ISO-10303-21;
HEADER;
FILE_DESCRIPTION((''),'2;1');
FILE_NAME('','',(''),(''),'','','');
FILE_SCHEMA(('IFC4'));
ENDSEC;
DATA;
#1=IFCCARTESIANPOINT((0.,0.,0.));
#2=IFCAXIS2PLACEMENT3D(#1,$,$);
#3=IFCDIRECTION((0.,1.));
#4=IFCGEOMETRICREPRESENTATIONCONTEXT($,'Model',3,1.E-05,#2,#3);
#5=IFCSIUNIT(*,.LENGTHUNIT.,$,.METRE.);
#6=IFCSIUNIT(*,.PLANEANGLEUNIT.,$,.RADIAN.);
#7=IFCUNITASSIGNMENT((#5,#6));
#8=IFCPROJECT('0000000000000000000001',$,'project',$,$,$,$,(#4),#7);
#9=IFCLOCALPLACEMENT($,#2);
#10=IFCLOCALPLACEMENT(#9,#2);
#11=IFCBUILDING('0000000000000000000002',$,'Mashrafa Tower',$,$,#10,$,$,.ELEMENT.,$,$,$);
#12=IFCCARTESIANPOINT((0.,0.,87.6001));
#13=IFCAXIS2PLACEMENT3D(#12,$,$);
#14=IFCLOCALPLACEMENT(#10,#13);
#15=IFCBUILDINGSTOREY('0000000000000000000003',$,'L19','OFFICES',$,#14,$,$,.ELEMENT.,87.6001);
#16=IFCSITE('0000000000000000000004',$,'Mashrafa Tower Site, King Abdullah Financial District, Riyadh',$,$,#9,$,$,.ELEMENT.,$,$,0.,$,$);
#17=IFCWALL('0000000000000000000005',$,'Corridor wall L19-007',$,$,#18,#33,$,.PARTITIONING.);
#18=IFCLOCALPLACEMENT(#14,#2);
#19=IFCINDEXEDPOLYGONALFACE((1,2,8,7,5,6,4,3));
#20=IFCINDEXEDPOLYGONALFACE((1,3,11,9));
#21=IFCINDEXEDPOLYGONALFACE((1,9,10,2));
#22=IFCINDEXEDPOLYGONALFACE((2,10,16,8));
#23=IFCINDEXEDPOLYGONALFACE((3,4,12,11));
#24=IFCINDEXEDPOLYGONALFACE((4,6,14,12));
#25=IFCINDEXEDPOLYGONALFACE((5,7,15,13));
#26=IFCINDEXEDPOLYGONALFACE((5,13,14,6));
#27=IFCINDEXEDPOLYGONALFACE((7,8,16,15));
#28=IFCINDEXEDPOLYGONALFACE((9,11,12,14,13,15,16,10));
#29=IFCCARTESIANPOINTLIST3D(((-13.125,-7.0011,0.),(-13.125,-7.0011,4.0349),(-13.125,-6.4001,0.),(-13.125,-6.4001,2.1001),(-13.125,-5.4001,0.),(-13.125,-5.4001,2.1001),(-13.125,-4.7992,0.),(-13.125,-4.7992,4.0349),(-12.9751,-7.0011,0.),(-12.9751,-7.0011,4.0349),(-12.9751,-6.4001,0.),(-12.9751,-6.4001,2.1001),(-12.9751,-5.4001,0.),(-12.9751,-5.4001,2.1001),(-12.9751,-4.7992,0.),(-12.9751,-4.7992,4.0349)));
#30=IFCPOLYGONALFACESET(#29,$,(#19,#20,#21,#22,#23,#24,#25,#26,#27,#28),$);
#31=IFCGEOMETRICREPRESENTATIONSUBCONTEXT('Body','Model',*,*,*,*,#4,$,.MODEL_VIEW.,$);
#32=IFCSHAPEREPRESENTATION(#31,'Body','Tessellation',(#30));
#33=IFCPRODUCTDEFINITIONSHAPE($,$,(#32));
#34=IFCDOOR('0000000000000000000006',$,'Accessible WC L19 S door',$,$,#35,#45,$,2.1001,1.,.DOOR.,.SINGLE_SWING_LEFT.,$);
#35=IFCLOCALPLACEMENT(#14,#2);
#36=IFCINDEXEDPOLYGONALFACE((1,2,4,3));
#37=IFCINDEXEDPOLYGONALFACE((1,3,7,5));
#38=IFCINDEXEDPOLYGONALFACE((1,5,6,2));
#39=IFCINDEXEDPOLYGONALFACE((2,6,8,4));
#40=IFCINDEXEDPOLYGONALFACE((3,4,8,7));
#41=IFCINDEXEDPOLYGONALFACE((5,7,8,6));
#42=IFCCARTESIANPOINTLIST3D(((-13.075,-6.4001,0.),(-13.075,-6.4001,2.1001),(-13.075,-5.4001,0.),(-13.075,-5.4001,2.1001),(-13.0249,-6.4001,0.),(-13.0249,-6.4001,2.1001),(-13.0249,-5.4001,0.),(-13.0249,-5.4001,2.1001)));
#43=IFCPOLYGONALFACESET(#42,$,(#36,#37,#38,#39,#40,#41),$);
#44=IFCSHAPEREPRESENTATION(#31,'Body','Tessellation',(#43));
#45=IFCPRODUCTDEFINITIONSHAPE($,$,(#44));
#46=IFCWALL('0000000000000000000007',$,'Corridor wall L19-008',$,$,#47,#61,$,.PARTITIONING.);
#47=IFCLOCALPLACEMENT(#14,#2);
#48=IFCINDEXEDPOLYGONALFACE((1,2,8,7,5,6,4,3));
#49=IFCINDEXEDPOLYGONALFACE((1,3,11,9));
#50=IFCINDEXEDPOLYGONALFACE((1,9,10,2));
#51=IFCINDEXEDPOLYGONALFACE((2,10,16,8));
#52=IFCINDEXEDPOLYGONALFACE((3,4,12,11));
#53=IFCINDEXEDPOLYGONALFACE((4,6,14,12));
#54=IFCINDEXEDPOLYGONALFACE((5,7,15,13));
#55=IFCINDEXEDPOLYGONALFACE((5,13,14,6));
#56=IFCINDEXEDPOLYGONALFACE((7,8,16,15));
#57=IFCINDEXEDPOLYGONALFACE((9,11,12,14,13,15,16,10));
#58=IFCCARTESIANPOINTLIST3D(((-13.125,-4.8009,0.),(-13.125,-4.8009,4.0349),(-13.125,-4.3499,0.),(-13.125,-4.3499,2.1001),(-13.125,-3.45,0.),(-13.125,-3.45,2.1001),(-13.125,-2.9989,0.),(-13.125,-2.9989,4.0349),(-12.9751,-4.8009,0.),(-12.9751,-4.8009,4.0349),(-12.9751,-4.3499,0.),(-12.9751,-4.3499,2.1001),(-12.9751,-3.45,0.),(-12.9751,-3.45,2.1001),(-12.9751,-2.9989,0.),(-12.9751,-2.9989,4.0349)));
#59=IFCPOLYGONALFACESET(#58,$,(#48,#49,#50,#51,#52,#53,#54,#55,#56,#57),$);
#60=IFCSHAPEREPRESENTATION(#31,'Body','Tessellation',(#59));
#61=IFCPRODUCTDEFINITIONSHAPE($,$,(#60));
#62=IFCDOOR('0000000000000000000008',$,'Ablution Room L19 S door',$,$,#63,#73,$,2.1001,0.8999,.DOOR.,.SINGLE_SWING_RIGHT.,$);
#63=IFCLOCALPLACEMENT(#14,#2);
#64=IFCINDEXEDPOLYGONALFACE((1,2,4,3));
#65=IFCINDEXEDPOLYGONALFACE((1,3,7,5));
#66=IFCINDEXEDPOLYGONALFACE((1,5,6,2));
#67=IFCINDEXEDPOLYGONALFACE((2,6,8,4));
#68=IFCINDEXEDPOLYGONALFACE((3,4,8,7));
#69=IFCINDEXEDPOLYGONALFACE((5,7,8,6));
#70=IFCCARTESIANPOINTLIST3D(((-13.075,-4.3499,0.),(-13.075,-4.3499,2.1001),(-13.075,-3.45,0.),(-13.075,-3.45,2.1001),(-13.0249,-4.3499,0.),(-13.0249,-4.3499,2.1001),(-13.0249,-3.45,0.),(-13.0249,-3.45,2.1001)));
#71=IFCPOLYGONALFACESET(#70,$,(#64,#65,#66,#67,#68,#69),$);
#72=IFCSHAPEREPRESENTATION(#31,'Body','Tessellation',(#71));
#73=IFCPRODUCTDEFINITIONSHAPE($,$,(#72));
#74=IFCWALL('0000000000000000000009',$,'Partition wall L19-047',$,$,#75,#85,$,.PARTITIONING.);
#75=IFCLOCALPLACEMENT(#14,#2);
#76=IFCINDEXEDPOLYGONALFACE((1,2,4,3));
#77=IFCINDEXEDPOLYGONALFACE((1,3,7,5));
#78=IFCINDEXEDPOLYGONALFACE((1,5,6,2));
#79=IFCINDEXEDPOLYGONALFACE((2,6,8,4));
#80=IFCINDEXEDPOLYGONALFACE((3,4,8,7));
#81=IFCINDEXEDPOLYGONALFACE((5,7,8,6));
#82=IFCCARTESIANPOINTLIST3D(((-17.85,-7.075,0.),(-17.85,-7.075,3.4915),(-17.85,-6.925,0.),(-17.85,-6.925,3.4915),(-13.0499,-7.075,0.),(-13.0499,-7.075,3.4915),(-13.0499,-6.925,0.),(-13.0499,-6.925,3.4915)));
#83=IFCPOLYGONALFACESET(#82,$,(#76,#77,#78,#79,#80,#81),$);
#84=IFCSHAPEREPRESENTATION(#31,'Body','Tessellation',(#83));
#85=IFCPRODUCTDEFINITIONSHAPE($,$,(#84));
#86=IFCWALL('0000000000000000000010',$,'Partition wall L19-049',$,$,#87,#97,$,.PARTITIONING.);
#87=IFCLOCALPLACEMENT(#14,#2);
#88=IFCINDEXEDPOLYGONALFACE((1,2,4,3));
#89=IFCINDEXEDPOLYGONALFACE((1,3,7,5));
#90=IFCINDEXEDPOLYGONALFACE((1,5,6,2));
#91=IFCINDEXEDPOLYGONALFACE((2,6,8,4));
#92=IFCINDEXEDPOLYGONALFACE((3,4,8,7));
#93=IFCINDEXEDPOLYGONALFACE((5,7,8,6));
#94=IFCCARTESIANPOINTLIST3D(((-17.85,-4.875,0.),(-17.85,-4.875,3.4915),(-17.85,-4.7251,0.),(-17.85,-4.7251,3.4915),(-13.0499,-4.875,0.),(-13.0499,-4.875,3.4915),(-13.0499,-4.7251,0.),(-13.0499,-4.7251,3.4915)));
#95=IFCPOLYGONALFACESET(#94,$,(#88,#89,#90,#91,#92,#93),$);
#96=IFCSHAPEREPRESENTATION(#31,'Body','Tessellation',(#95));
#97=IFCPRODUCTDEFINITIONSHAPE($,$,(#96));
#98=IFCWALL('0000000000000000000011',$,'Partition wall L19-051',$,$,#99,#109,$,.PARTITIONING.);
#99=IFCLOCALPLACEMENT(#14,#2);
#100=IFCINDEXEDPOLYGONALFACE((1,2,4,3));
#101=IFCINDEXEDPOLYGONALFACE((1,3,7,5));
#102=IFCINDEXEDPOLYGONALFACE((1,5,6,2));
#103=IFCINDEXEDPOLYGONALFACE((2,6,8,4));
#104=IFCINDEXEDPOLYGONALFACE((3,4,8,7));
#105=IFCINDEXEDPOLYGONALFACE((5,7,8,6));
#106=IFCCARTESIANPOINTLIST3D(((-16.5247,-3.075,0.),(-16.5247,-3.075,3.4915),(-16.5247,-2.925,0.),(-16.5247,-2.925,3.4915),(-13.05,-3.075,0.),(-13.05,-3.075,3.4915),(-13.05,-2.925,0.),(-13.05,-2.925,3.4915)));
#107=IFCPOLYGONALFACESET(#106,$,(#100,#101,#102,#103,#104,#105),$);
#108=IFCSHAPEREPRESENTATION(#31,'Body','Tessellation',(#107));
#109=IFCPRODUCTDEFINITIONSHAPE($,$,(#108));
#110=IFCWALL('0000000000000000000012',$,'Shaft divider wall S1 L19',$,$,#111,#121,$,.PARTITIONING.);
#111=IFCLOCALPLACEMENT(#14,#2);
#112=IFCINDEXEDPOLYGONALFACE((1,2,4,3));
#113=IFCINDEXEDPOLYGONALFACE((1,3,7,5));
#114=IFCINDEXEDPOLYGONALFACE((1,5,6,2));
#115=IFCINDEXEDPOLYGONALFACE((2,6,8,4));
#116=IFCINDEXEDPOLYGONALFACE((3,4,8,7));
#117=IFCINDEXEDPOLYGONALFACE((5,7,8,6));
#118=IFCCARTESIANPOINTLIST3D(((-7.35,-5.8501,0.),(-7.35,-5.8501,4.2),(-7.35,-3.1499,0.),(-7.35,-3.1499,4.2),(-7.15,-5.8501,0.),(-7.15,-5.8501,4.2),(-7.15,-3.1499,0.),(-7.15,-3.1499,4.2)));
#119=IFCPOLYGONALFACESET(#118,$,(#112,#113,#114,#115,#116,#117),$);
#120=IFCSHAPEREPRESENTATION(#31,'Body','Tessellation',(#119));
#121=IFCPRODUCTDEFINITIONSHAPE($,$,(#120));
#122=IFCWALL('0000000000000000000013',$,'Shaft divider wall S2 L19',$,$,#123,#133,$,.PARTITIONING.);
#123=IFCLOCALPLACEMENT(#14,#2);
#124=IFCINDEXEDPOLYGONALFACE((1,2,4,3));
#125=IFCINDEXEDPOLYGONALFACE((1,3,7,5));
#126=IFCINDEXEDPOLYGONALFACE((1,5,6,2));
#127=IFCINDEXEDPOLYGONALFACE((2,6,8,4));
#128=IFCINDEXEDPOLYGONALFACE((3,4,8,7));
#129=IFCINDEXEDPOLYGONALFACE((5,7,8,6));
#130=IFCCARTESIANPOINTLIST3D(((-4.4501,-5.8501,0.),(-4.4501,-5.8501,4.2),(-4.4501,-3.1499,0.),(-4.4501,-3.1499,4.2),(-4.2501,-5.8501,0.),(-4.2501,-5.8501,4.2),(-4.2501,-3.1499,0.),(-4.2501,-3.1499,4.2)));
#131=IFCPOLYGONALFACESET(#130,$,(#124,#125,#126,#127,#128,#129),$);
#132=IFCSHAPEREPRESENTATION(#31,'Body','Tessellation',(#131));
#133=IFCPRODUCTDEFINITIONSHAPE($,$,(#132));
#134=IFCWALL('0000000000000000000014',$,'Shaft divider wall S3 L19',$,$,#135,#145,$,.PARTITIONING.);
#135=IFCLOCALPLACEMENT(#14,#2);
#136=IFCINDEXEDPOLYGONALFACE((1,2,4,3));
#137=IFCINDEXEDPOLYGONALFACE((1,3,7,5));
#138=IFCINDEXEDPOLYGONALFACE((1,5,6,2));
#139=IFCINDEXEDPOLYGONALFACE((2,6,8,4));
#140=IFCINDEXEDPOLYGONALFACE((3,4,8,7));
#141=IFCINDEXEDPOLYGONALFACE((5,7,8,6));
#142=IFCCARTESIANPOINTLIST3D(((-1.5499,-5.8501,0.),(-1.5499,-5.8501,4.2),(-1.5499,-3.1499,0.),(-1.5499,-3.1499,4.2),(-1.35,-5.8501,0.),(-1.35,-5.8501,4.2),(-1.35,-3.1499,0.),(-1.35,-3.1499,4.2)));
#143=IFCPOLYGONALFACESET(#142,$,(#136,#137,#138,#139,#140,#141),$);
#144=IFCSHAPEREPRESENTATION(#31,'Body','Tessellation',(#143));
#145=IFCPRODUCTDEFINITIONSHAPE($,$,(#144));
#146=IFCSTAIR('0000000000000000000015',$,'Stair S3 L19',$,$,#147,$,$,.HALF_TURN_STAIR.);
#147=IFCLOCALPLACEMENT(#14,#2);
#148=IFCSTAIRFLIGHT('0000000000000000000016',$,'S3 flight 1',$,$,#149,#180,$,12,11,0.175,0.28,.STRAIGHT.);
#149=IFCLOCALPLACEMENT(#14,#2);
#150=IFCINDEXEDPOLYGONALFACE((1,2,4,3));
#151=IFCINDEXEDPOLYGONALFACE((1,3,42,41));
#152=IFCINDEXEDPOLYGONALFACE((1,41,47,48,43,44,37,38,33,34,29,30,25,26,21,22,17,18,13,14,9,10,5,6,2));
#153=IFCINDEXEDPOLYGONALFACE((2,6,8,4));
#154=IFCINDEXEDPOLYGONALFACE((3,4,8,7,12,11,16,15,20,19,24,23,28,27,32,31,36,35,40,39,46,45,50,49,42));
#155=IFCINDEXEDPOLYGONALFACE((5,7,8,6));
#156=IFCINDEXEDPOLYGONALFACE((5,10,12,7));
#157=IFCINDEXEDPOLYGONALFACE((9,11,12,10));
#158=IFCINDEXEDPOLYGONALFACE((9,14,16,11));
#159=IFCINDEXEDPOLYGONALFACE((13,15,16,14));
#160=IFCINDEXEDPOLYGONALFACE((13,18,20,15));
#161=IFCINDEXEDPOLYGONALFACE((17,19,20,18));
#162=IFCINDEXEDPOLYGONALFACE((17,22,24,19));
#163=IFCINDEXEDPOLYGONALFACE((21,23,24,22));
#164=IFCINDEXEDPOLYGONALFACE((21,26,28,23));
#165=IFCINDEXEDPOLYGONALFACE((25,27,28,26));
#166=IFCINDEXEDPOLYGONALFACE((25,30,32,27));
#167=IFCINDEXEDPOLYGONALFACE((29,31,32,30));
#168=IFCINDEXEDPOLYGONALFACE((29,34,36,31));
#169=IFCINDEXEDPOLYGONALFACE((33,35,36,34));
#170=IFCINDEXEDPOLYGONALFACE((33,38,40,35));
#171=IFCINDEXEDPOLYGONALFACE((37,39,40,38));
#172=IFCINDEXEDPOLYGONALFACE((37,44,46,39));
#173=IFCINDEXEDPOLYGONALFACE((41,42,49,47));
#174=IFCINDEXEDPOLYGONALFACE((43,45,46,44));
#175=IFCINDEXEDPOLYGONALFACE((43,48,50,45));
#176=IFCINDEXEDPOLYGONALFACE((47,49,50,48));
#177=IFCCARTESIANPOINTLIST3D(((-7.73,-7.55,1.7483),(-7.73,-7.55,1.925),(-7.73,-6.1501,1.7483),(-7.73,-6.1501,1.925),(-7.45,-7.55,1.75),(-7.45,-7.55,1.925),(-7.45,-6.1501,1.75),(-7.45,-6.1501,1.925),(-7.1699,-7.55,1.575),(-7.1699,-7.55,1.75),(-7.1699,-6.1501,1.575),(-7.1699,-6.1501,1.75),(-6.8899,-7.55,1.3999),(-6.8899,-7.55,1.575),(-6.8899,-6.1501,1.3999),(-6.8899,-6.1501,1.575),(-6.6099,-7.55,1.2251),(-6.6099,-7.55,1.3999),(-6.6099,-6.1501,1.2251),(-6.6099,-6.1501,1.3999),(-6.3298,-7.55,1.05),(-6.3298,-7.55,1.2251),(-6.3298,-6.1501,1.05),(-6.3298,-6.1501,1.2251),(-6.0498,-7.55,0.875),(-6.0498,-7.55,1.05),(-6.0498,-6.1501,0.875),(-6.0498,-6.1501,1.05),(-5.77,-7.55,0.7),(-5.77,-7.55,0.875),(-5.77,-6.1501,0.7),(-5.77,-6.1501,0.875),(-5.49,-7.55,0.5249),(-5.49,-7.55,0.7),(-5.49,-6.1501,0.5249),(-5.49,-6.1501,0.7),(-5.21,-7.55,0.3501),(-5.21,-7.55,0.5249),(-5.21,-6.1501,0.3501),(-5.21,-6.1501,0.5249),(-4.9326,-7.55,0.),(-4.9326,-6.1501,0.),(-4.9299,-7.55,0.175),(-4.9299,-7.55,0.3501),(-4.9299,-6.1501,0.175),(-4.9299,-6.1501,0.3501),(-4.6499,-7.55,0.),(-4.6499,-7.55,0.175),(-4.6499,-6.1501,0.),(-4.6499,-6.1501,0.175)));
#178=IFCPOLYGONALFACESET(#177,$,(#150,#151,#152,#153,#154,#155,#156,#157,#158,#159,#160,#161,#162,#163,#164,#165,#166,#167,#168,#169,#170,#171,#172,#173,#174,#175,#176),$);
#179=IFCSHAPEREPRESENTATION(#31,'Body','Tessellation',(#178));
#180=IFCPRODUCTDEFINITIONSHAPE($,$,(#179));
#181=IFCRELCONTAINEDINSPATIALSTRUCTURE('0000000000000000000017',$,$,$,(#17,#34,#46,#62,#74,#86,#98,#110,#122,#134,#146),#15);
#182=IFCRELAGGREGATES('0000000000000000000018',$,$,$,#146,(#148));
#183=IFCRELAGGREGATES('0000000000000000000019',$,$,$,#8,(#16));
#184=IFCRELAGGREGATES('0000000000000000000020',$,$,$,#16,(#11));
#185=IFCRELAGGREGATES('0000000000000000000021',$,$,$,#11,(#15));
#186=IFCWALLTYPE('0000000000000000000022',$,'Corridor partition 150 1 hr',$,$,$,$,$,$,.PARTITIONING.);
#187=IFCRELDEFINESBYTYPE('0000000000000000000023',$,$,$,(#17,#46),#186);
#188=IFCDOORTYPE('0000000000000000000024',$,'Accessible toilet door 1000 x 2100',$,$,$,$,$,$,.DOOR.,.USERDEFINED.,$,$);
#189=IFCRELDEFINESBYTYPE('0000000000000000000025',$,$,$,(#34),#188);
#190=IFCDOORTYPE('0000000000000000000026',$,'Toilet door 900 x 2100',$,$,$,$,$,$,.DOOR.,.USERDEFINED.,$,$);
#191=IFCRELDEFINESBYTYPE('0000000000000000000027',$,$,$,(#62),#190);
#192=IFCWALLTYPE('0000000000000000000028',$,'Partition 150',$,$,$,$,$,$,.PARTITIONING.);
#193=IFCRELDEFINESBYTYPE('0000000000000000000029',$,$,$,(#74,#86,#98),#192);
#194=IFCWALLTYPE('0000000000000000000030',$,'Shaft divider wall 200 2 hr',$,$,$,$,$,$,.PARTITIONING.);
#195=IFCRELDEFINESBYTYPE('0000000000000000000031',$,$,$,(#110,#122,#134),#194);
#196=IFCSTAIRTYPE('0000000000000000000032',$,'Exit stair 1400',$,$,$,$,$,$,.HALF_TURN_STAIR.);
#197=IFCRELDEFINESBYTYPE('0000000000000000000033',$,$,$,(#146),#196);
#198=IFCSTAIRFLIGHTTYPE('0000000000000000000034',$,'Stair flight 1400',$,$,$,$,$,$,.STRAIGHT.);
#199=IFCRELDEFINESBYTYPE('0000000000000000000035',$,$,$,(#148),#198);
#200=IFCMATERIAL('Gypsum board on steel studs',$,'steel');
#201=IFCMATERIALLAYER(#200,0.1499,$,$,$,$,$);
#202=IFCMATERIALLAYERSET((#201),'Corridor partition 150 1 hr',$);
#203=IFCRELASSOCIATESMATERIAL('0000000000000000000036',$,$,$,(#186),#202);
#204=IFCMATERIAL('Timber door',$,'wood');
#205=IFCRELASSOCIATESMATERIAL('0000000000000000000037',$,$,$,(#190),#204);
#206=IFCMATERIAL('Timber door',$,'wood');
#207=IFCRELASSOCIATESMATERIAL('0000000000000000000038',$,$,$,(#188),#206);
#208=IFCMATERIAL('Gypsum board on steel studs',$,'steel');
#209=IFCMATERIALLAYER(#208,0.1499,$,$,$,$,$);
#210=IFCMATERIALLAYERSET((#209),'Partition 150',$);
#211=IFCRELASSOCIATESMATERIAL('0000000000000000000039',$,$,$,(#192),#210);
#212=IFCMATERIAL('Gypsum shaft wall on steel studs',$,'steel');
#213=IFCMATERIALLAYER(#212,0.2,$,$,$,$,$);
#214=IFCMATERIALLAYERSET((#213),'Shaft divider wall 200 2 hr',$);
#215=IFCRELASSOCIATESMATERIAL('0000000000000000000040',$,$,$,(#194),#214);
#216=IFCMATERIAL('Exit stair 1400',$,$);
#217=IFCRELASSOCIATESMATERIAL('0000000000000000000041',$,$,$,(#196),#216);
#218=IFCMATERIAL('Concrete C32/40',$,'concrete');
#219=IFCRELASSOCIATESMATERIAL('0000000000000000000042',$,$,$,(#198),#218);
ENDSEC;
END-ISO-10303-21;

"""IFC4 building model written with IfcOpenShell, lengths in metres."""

from ifc_helpers import new_model, si_unit, direction, frame, frame_2d, origin, place, context, subcontext, project, spatial, polyline, rectangle, outline, extrude, material, layer, layer_set, type_object, element, fill, aggregate, save


model = new_model("IFC4")

# Units and contexts
model_context = context("Model", 3, precision=1e-05, world=origin(), true_north=direction((0.0, 1.0)))
body_context = subcontext(model_context, "Body", "Model", "MODEL_VIEW")
ifc_project = project(units=[si_unit("LENGTHUNIT", "METRE"), si_unit("PLANEANGLEUNIT", "RADIAN")], contexts=[model_context])

# Site, building, storey
site_placement = place(None, origin())
site = spatial("IfcSite", under=ifc_project, at=site_placement, Name="Mashrafa Tower Site, King Abdullah Financial District, Riyadh", CompositionType="ELEMENT", RefElevation=0.0)
building_placement = place(site_placement, origin())
building = spatial("IfcBuilding", under=site, at=building_placement, Name="Mashrafa Tower", CompositionType="ELEMENT")
storey_placement = place(building_placement, frame((0.0, 0.0, 87.6001)))
storey = spatial("IfcBuildingStorey", under=building, at=storey_placement, Name="L19", Description="OFFICES", CompositionType="ELEMENT", Elevation=87.6001)

# Walls, openings, doors
ifc_material_1 = material(Name="Gypsum board on steel studs", Category="steel")
ifc_layer_1 = layer(ifc_material_1, 0.1499)
ifc_layer_set_1 = layer_set([ifc_layer_1], Name="Corridor partition 150 1 hr")
wall_type_1 = type_object("IfcWallType", Name="Corridor partition 150 1 hr", PredefinedType="PARTITIONING", material=ifc_layer_set_1)
ifc_material_2 = material(Name="Timber door", Category="wood")
door_type_1 = type_object("IfcDoorType", Name="Toilet door 900 x 2100", OperationType="USERDEFINED", PredefinedType="DOOR", material=ifc_material_2)
wall_1_placement = place(storey_placement, frame((-13.05, -4.7991, 0.0), z_axis=(0.0, 0.0, 1.0), x_axis=(0.0, -1.0, 0.0)))
wall_1 = element("IfcWall", 1, at=wall_1_placement, inside=storey, type_object=wall_type_1, Name="Corridor wall L19-007", PredefinedType="PARTITIONING", context=body_context, shape_type="SweptSolid", body=[
    extrude(rectangle(XDim=2.2019, YDim=0.1499, at=frame_2d((1.1011, 0.0))), origin(), (0.0, 0.0, 1.0), 4.0349),
])
opening_1_placement = place(wall_1_placement, frame((0.6011, 0.0, 0.0)))
opening_1 = element("IfcOpeningElement", 2, at=opening_1_placement, cuts=wall_1, PredefinedType="OPENING", context=body_context, shape_type="SweptSolid", body=[
    extrude(rectangle(XDim=1.0, YDim=2.1001, at=frame_2d((0.5, 1.05))), frame((0.0, 0.085, 0.0), z_axis=(0.0, -1.0, 0.0), x_axis=(1.0, 0.0, 0.0)), (0.0, 0.0, 1.0), 0.1699),
])
ifc_material_3 = material(Name="Timber door", Category="wood")
door_type_2 = type_object("IfcDoorType", Name="Accessible toilet door 1000 x 2100", OperationType="USERDEFINED", PredefinedType="DOOR", material=ifc_material_3)
door_1_placement = place(opening_1_placement, frame((1.0, 0.0, 0.0), z_axis=(0.0, 0.0, 1.0), x_axis=(-1.0, 0.0, 0.0)))
door_1 = element("IfcDoor", 3, at=door_1_placement, inside=storey, type_object=door_type_2, Name="Accessible WC L19 S door", OperationType="SINGLE_SWING_LEFT", OverallHeight=2.1001, OverallWidth=1.0, PredefinedType="DOOR", context=body_context, shape_type="SweptSolid", body=[
    extrude(rectangle(XDim=1.0, YDim=2.1001, at=frame_2d((0.5, 1.05))), frame((0.0, 0.0249, 0.0), z_axis=(0.0, -1.0, 0.0), x_axis=(1.0, 0.0, 0.0)), (0.0, 0.0, 1.0), 0.05),
])
fill(opening_1, door_1)
wall_2_placement = place(storey_placement, frame((-13.05, -2.999, 0.0), z_axis=(0.0, 0.0, 1.0), x_axis=(0.0, -1.0, 0.0)))
wall_2 = element("IfcWall", 4, at=wall_2_placement, inside=storey, type_object=wall_type_1, Name="Corridor wall L19-008", PredefinedType="PARTITIONING", context=body_context, shape_type="SweptSolid", body=[
    extrude(rectangle(XDim=1.802, YDim=0.1499, at=frame_2d((0.9009, 0.0))), origin(), (0.0, 0.0, 1.0), 4.0349),
])
opening_2_placement = place(wall_2_placement, frame((0.4509, 0.0, 0.0)))
opening_2 = element("IfcOpeningElement", 5, at=opening_2_placement, cuts=wall_2, PredefinedType="OPENING", context=body_context, shape_type="SweptSolid", body=[
    extrude(rectangle(XDim=0.8999, YDim=2.1001, at=frame_2d((0.45, 1.05))), frame((0.0, 0.085, 0.0), z_axis=(0.0, -1.0, 0.0), x_axis=(1.0, 0.0, 0.0)), (0.0, 0.0, 1.0), 0.1699),
])
door_2_placement = place(opening_2_placement, frame((0.8999, 0.0, 0.0), z_axis=(0.0, 0.0, 1.0), x_axis=(-1.0, 0.0, 0.0)))
door_2 = element("IfcDoor", 6, at=door_2_placement, inside=storey, type_object=door_type_1, Name="Ablution Room L19 S door", OperationType="SINGLE_SWING_RIGHT", OverallHeight=2.1001, OverallWidth=0.8999, PredefinedType="DOOR", context=body_context, shape_type="SweptSolid", body=[
    extrude(rectangle(XDim=0.8999, YDim=2.1001, at=frame_2d((0.45, 1.05))), frame((0.0, 0.0249, 0.0), z_axis=(0.0, -1.0, 0.0), x_axis=(1.0, 0.0, 0.0)), (0.0, 0.0, 1.0), 0.05),
])
fill(opening_2, door_2)

# Walls
ifc_material_4 = material(Name="Gypsum board on steel studs", Category="steel")
ifc_layer_2 = layer(ifc_material_4, 0.1499)
ifc_layer_set_2 = layer_set([ifc_layer_2], Name="Partition 150")
wall_type_2 = type_object("IfcWallType", Name="Partition 150", PredefinedType="PARTITIONING", material=ifc_layer_set_2)
for number, where, z_axis, x_axis, name in (
    (7, (-13.05, -7.0, 0.0), (0.0, 0.0, 1.0), (-1.0, 0.0, 0.0), "Partition wall L19-047"),
    (8, (-13.05, -4.8, 0.0), (0.0, 0.0, 1.0), (-1.0, 0.0, 0.0), "Partition wall L19-049"),
):
    element("IfcWall", number, at=place(storey_placement, frame(where, z_axis=z_axis, x_axis=x_axis)), inside=storey, type_object=wall_type_2, Name=name, PredefinedType="PARTITIONING", context=body_context, shape_type="SweptSolid", body=[
        extrude(rectangle(XDim=4.8, YDim=0.1499, at=frame_2d((2.3999, 0.0))), origin(), (0.0, 0.0, 1.0), 3.4915),
    ])
wall_3_placement = place(storey_placement, frame((-13.05, -3.0, 0.0), z_axis=(0.0, 0.0, 1.0), x_axis=(-1.0, 0.0, 0.0)))
element("IfcWall", 9, at=wall_3_placement, inside=storey, type_object=wall_type_2, Name="Partition wall L19-051", PredefinedType="PARTITIONING", context=body_context, shape_type="SweptSolid", body=[
    extrude(rectangle(XDim=3.4746, YDim=0.1499, at=frame_2d((1.7373, 0.0))), origin(), (0.0, 0.0, 1.0), 3.4915),
])
ifc_material_5 = material(Name="Gypsum shaft wall on steel studs", Category="steel")
ifc_layer_3 = layer(ifc_material_5, 0.2)
ifc_layer_set_3 = layer_set([ifc_layer_3], Name="Shaft divider wall 200 2 hr")
wall_type_3 = type_object("IfcWallType", Name="Shaft divider wall 200 2 hr", PredefinedType="PARTITIONING", material=ifc_layer_set_3)
for number, where, z_axis, x_axis, name in (
    (10, (-7.25, -5.8501, 0.0), (0.0, 0.0, 1.0), (0.0, 1.0, 0.0), "Shaft divider wall S1 L19"),
    (11, (-4.3501, -5.8501, 0.0), (0.0, 0.0, 1.0), (0.0, 1.0, 0.0), "Shaft divider wall S2 L19"),
    (12, (-1.45, -5.8501, 0.0), (0.0, 0.0, 1.0), (0.0, 1.0, 0.0), "Shaft divider wall S3 L19"),
):
    element("IfcWall", number, at=place(storey_placement, frame(where, z_axis=z_axis, x_axis=x_axis)), inside=storey, type_object=wall_type_3, Name=name, PredefinedType="PARTITIONING", context=body_context, shape_type="SweptSolid", body=[
        extrude(rectangle(XDim=2.7002, YDim=0.2, at=frame_2d((1.3501, 0.0))), origin(), (0.0, 0.0, 1.0), 4.2),
    ])

# Stair, stair flight
ifc_material_6 = material(Name="Exit stair 1400")
stair_type = type_object("IfcStairType", Name="Exit stair 1400", PredefinedType="HALF_TURN_STAIR", material=ifc_material_6)
stair_placement = place(storey_placement, origin())
stair = element("IfcStair", 13, at=stair_placement, inside=storey, type_object=stair_type, Name="Stair S3 L19", PredefinedType="HALF_TURN_STAIR")
ifc_material_7 = material(Name="Concrete C32/40", Category="concrete")
stair_flight_type = type_object("IfcStairFlightType", Name="Stair flight 1400", PredefinedType="STRAIGHT", material=ifc_material_7)
stair_flight_placement = place(storey_placement, frame((-4.6499, -6.8501, 0.0), z_axis=(0.0, 0.0, 1.0), x_axis=(-1.0, 0.0, 0.0)))
stair_flight = element("IfcStairFlight", 14, at=stair_flight_placement, type_object=stair_flight_type, Name="S3 flight 1", NumberOfRisers=12, NumberOfTreads=11, PredefinedType="STRAIGHT", RiserHeight=0.175, TreadLength=0.28, context=body_context, shape_type="SweptSolid", body=[
    extrude(outline(polyline([(0.0, 0.0), (0.0, 0.175), (0.28, 0.175), (0.28, 0.3501), (0.5601, 0.3501), (0.5601, 0.5249), (0.8401, 0.5249), (0.8401, 0.7), (1.1201, 0.7), (1.1201, 0.875), (1.3999, 0.875), (1.3999, 1.05), (1.6799, 1.05), (1.6799, 1.2251), (1.96, 1.2251), (1.96, 1.3999), (2.24, 1.3999), (2.24, 1.575), (2.52, 1.575), (2.52, 1.75), (2.8, 1.75), (2.8, 1.925), (3.0801, 1.925), (3.0801, 2.1001), (3.0801, 1.7483), (0.2827, 0.0), (0.0, 0.0)])), frame((0.0, 0.7, 0.0), z_axis=(0.0, -1.0, 0.0), x_axis=(1.0, 0.0, 0.0)), (0.0, 0.0, 1.0), 1.3999),
])
aggregate(stair, [stair_flight])

save(model, "model.ifc")
